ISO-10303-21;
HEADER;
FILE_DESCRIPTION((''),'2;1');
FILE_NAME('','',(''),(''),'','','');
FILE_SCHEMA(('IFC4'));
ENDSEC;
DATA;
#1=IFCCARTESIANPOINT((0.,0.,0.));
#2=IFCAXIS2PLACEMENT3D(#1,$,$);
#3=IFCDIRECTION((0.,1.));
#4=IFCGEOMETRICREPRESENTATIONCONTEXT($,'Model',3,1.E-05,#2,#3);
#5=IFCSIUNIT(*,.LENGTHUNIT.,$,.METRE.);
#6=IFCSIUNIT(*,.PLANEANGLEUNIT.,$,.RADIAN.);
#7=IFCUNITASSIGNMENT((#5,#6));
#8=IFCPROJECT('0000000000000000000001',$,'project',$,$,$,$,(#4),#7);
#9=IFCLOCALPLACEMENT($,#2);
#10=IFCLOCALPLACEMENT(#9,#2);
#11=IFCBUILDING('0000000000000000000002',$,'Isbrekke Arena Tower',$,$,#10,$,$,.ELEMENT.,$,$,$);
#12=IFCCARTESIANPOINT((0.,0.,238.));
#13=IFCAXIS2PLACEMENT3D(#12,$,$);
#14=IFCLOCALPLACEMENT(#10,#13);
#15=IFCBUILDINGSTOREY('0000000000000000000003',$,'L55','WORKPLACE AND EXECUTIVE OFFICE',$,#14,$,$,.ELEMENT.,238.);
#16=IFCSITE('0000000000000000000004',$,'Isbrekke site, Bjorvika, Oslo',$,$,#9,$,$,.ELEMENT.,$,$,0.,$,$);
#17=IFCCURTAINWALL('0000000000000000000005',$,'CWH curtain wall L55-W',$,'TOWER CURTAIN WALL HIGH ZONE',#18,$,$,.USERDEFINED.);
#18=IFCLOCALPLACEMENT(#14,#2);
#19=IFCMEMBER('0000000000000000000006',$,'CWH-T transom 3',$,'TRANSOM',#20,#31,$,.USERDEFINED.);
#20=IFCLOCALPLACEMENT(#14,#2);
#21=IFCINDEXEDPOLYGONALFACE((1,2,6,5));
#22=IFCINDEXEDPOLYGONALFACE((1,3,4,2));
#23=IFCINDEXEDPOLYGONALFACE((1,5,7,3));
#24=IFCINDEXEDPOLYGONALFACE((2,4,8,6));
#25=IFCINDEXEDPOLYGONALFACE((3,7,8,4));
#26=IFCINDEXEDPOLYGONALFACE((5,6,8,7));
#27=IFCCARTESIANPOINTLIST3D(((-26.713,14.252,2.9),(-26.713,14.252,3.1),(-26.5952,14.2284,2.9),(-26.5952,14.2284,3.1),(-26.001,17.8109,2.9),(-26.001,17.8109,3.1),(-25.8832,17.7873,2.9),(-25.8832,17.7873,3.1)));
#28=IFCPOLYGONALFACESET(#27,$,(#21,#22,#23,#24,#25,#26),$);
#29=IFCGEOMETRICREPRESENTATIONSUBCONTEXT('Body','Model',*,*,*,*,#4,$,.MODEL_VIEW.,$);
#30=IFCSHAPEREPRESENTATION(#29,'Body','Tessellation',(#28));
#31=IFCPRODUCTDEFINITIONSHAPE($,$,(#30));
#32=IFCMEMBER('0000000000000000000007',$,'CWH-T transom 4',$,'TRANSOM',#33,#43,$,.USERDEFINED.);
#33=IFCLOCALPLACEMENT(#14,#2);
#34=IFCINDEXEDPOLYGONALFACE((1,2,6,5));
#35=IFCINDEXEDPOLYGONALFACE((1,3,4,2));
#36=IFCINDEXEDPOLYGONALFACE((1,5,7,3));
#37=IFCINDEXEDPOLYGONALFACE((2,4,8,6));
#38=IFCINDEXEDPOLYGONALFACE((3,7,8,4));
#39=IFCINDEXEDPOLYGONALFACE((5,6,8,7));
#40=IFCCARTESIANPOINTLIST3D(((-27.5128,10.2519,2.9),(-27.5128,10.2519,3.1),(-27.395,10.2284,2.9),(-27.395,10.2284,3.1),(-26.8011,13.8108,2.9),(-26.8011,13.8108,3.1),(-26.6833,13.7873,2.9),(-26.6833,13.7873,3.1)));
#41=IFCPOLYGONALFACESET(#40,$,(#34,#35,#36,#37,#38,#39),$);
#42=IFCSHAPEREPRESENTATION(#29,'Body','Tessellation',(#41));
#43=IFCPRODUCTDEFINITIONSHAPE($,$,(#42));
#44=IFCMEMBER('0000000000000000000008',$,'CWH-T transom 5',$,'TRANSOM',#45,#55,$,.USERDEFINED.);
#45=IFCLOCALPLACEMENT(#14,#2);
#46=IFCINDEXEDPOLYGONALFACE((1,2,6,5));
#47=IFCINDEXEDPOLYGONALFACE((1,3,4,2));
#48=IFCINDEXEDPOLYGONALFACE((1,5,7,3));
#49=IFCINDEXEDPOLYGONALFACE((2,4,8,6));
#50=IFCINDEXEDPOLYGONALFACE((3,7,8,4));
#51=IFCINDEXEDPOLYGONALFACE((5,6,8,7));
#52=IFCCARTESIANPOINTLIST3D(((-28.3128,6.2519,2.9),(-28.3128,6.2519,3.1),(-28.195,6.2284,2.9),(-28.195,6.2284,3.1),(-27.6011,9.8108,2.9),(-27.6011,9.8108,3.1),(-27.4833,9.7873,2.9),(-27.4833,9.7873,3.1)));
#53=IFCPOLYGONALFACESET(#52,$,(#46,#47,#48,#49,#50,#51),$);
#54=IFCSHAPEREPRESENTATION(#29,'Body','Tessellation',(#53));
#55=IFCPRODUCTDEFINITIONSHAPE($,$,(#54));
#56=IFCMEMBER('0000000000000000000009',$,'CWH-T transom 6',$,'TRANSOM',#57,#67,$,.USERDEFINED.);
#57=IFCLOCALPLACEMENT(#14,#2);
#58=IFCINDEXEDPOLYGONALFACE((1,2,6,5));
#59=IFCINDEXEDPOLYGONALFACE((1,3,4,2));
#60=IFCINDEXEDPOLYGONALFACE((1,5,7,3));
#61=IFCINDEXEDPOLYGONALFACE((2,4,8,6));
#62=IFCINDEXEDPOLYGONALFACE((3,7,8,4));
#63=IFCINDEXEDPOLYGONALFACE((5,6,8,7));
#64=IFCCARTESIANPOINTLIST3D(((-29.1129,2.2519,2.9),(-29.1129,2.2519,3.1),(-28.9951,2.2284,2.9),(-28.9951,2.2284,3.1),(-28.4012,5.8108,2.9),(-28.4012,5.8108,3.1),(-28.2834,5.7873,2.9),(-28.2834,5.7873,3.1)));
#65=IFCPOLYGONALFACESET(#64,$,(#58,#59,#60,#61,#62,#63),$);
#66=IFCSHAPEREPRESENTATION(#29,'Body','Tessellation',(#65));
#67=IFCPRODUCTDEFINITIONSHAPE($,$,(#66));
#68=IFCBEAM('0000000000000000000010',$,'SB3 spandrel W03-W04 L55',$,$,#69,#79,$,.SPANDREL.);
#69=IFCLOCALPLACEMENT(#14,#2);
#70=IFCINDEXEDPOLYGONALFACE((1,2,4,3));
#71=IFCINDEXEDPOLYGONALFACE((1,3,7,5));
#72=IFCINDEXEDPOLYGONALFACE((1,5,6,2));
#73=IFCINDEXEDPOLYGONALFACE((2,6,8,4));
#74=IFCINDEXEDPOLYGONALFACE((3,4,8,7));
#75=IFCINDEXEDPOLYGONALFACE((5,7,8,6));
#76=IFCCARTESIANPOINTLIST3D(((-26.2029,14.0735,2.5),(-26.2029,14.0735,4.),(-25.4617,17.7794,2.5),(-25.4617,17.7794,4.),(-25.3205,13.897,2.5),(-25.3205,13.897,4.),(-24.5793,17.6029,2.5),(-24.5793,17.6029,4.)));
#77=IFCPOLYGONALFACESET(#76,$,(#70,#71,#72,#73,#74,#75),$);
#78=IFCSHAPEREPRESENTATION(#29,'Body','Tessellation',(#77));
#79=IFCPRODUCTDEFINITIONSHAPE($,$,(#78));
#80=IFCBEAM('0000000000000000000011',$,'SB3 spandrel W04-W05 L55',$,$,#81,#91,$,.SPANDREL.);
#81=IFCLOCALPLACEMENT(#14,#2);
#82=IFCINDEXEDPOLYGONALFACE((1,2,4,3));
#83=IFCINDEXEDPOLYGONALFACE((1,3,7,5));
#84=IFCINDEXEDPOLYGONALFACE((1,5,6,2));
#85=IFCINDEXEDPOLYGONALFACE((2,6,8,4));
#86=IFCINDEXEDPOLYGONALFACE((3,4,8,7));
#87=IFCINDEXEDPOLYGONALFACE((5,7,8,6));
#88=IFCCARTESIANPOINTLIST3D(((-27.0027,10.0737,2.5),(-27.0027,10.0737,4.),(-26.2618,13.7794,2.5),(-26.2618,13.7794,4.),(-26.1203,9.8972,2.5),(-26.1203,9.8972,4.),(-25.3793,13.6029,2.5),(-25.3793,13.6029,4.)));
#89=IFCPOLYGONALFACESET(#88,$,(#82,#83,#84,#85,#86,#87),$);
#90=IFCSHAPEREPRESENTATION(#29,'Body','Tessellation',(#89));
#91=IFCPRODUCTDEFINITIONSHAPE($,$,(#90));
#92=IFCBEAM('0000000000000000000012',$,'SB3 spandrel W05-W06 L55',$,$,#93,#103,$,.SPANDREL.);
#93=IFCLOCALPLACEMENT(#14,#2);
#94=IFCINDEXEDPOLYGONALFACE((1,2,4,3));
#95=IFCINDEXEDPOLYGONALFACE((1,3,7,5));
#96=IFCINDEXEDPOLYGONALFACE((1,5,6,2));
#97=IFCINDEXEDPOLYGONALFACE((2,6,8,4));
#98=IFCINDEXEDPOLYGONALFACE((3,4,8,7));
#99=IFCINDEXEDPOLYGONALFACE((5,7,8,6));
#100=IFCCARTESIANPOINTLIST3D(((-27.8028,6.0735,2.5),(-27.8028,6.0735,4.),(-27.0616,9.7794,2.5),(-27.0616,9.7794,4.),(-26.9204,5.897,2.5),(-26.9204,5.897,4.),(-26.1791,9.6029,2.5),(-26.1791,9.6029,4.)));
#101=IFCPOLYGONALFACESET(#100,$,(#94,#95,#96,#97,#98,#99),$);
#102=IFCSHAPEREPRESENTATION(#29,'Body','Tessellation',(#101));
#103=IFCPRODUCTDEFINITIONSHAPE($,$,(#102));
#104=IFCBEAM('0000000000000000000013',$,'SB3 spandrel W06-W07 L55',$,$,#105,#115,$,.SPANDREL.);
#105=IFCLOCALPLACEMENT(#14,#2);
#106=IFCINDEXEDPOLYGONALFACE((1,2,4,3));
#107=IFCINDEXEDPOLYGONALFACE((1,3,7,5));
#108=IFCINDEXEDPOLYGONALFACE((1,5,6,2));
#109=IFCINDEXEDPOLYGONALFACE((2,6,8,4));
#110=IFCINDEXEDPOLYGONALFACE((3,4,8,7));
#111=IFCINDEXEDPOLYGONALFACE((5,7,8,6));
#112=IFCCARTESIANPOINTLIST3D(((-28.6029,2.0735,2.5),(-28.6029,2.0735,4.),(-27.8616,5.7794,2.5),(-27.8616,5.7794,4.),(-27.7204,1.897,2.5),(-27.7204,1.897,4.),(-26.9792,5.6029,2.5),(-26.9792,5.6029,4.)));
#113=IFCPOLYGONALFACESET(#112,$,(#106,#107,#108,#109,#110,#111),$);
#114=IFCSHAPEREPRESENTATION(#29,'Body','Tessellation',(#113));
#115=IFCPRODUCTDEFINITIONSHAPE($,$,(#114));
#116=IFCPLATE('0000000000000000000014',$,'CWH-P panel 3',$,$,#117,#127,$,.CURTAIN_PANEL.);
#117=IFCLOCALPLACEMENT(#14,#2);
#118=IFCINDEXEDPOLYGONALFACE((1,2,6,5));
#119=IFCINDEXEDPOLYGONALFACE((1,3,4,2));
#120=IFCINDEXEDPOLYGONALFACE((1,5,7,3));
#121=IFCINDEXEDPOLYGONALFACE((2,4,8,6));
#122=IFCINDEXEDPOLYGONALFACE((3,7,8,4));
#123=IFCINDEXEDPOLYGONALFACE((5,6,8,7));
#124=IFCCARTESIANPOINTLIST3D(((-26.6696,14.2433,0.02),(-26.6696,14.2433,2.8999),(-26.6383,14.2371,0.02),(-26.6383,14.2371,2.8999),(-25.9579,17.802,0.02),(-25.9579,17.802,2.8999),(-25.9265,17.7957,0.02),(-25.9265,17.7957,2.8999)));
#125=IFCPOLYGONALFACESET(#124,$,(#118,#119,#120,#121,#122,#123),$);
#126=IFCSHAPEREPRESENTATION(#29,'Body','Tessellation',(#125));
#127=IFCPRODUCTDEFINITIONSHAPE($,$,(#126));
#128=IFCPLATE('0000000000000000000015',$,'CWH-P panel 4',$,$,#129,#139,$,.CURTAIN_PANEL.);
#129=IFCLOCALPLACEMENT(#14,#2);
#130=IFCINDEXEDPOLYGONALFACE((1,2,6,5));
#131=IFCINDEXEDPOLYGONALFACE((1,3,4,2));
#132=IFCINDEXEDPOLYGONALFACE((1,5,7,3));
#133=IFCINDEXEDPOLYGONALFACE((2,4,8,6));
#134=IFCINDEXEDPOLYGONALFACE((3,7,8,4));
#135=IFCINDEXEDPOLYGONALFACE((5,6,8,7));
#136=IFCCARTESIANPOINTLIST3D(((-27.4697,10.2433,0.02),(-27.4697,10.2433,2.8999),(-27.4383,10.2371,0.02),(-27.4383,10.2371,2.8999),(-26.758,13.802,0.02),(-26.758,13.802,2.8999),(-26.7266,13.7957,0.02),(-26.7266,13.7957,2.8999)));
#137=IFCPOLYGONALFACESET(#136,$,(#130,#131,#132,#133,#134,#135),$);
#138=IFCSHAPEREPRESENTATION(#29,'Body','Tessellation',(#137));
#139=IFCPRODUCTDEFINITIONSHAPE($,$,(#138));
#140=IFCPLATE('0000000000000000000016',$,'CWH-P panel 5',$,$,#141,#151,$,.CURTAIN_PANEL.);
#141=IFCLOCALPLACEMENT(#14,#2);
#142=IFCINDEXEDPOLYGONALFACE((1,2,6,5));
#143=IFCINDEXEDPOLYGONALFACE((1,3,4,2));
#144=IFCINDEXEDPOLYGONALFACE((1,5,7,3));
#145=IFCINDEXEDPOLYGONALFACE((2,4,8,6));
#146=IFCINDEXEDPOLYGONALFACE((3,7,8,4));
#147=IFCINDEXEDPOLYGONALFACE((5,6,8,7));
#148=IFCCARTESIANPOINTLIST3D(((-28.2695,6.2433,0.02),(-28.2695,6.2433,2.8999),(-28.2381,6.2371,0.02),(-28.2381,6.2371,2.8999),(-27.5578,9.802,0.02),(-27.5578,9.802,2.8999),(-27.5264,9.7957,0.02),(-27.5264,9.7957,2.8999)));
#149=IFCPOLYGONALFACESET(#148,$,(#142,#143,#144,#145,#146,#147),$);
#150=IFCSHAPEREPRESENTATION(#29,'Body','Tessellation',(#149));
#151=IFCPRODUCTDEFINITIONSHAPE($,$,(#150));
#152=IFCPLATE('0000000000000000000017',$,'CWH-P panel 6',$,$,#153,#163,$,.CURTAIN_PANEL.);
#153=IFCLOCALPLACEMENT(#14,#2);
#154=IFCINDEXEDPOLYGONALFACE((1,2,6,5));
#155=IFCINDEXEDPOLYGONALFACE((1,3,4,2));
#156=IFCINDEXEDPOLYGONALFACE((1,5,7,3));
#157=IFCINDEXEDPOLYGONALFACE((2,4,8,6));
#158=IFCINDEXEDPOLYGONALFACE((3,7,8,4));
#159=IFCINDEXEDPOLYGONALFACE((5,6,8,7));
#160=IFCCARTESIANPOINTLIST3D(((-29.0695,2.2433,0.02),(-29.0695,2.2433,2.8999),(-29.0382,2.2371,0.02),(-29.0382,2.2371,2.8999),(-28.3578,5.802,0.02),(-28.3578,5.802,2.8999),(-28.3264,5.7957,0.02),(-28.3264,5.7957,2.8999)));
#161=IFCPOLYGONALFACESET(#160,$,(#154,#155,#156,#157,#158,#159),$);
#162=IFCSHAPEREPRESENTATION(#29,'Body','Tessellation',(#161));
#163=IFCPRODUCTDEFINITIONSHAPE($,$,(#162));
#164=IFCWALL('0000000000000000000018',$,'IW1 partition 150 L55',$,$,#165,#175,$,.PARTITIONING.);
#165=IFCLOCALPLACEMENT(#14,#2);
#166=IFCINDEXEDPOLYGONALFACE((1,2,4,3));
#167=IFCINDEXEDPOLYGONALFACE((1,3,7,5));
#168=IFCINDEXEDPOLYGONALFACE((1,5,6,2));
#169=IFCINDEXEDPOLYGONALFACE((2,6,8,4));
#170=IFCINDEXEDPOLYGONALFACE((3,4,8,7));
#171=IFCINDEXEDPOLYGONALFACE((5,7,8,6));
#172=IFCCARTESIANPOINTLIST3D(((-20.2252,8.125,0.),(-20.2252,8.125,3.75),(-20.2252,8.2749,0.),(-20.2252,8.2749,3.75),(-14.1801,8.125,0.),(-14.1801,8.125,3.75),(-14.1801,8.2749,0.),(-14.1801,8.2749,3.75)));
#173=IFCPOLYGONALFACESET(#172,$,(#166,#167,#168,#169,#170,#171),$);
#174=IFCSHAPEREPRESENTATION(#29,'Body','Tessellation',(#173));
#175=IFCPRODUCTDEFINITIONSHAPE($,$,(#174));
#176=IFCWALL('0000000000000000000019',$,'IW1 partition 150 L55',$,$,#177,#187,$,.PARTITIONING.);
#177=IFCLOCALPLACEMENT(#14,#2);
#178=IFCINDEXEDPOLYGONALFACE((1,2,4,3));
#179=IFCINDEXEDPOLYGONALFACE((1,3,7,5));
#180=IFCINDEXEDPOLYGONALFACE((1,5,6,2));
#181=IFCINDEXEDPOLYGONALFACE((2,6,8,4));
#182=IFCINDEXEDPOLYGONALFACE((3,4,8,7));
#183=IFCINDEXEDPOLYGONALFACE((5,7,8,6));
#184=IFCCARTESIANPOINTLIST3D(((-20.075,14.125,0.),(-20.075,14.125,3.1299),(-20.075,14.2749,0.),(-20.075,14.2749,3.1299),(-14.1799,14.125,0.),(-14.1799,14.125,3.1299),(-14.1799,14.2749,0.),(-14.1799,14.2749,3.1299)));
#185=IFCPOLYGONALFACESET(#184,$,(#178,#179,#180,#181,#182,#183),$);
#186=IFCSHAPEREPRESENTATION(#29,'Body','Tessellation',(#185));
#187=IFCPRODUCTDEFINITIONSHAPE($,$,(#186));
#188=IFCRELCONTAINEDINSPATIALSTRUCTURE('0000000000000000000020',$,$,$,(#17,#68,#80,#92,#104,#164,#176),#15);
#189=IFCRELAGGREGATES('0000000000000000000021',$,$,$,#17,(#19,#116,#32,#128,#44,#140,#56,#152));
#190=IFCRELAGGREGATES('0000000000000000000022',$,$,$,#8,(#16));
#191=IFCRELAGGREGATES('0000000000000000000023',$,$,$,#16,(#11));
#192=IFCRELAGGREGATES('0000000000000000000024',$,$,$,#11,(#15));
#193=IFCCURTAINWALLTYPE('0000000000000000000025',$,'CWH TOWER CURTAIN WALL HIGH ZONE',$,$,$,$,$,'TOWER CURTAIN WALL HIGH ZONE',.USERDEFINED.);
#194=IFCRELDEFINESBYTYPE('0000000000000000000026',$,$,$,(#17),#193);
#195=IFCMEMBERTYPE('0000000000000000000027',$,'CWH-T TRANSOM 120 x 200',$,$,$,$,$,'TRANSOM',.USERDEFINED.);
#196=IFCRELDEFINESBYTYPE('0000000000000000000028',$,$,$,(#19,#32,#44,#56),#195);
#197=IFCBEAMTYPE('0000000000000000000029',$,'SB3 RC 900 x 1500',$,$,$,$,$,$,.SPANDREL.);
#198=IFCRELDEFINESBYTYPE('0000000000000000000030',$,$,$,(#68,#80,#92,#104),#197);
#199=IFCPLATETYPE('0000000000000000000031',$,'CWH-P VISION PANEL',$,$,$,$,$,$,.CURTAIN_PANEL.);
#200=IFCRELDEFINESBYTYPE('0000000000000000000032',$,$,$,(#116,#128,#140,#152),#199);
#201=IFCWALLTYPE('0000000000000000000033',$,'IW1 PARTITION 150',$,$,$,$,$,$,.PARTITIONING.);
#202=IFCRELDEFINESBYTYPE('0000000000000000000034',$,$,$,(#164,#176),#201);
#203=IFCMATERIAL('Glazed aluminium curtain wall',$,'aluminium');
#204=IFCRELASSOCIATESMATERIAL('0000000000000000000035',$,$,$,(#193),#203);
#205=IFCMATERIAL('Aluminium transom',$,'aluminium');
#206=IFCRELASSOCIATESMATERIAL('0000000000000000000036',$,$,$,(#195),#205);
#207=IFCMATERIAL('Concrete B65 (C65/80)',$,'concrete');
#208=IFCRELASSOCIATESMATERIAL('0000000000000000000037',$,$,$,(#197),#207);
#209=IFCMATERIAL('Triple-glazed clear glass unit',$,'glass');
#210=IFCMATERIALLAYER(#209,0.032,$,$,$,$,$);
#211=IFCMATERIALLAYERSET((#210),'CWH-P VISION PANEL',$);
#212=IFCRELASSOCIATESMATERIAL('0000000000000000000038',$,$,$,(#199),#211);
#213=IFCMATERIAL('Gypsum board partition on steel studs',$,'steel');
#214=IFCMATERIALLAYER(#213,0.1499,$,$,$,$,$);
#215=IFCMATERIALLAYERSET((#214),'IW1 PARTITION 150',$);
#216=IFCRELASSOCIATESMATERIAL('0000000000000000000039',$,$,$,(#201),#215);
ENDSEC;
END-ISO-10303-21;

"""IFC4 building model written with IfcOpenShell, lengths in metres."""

from ifc_helpers import new_model, si_unit, direction, frame, frame_2d, origin, origin_2d, place, context, subcontext, project, spatial, rectangle, extrude, material, layer, layer_set, material_profile, profile_set, type_object, element, aggregate, save


model = new_model("IFC4")

# Units and contexts
model_context = context("Model", 3, precision=1e-05, world=origin(), true_north=direction((0.0, 1.0)))
body_context = subcontext(model_context, "Body", "Model", "MODEL_VIEW")
ifc_project = project(units=[si_unit("LENGTHUNIT", "METRE"), si_unit("PLANEANGLEUNIT", "RADIAN")], contexts=[model_context])

# Site, building, storey
site_placement = place(None, origin())
site = spatial("IfcSite", under=ifc_project, at=site_placement, Name="Isbrekke site, Bjorvika, Oslo", CompositionType="ELEMENT", RefElevation=0.0)
building_placement = place(site_placement, origin())
building = spatial("IfcBuilding", under=site, at=building_placement, Name="Isbrekke Arena Tower", CompositionType="ELEMENT")
storey_placement = place(building_placement, frame((0.0, 0.0, 238.0)))
storey = spatial("IfcBuildingStorey", under=building, at=storey_placement, Name="L55", Description="WORKPLACE AND EXECUTIVE OFFICE", CompositionType="ELEMENT", Elevation=238.0)

# Curtain wall, members
ifc_material_1 = material(Name="Glazed aluminium curtain wall", Category="aluminium")
curtain_wall_type = type_object("IfcCurtainWallType", Name="CWH TOWER CURTAIN WALL HIGH ZONE", ElementType="TOWER CURTAIN WALL HIGH ZONE", PredefinedType="USERDEFINED", material=ifc_material_1)
curtain_wall_placement = place(storey_placement, origin())
curtain_wall = element("IfcCurtainWall", 1, at=curtain_wall_placement, inside=storey, type_object=curtain_wall_type, Name="CWH curtain wall L55-W", ObjectType="TOWER CURTAIN WALL HIGH ZONE", PredefinedType="USERDEFINED")
ifc_material_2 = material(Name="Aluminium transom", Category="aluminium")
ifc_material_profile_1 = material_profile(ifc_material_2, rectangle(XDim=0.1201, YDim=0.2, at=origin_2d()), Name="TRANSOM 120X200")
ifc_profile_set_1 = profile_set([ifc_material_profile_1], Name="Aluminium transom")
member_type_1 = type_object("IfcMemberType", Name="CWH-T TRANSOM 120 x 200", ElementType="TRANSOM", PredefinedType="USERDEFINED", material=ifc_profile_set_1)
member_1_placement = place(storey_placement, frame((-25.9421, 17.7991, 3.0), z_axis=(-0.196155, -0.980573, 0.0), x_axis=(0.980573, -0.196155, 0.0)))
member_1 = element("IfcMember", 2, at=member_1_placement, type_object=member_type_1, Name="CWH-T transom 3", ObjectType="TRANSOM", PredefinedType="USERDEFINED", context=body_context, shape_type="SweptSolid", body=[
    extrude(rectangle(XDim=0.1201, YDim=0.2, at=origin_2d()), origin(), (0.0, 0.0, 1.0), 3.6294),
])
member_2_placement = place(storey_placement, frame((-26.7422, 13.7991, 3.0), z_axis=(-0.19609, -0.980586, 0.0), x_axis=(0.980586, -0.19609, 0.0)))
member_2 = element("IfcMember", 3, at=member_2_placement, type_object=member_type_1, Name="CWH-T transom 4", ObjectType="TRANSOM", PredefinedType="USERDEFINED", context=body_context, shape_type="SweptSolid", body=[
    extrude(rectangle(XDim=0.1201, YDim=0.2, at=origin_2d()), origin(), (0.0, 0.0, 1.0), 3.6294),
])
member_3_placement = place(storey_placement, frame((-27.5422, 9.7991, 3.0), z_axis=(-0.19609, -0.980586, 0.0), x_axis=(0.980586, -0.19609, 0.0)))
member_3 = element("IfcMember", 4, at=member_3_placement, type_object=member_type_1, Name="CWH-T transom 5", ObjectType="TRANSOM", PredefinedType="USERDEFINED", context=body_context, shape_type="SweptSolid", body=[
    extrude(rectangle(XDim=0.1201, YDim=0.2, at=origin_2d()), origin(), (0.0, 0.0, 1.0), 3.6294),
])
member_4_placement = place(storey_placement, frame((-28.3423, 5.7991, 3.0), z_axis=(-0.19609, -0.980586, 0.0), x_axis=(0.980586, -0.19609, 0.0)))
member_4 = element("IfcMember", 5, at=member_4_placement, type_object=member_type_1, Name="CWH-T transom 6", ObjectType="TRANSOM", PredefinedType="USERDEFINED", context=body_context, shape_type="SweptSolid", body=[
    extrude(rectangle(XDim=0.1201, YDim=0.2, at=origin_2d()), origin(), (0.0, 0.0, 1.0), 3.6294),
])

# Beams
ifc_material_3 = material(Name="Concrete B65 (C65/80)", Category="concrete")
ifc_material_profile_2 = material_profile(ifc_material_3, rectangle(XDim=0.8999, YDim=1.5, at=origin_2d()), Name="RC 900x1500")
ifc_profile_set_2 = profile_set([ifc_material_profile_2], Name="Concrete B65 (C65/80)")
beam_type_1 = type_object("IfcBeamType", Name="SB3 RC 900 x 1500", PredefinedType="SPANDREL", material=ifc_profile_set_2)
beam_1_placement = place(storey_placement, frame((-25.0205, 17.6912, 3.25), z_axis=(-0.196129, -0.980578, 0.0), x_axis=(0.980578, -0.196129, 0.0)))
element("IfcBeam", 6, at=beam_1_placement, inside=storey, type_object=beam_type_1, Name="SB3 spandrel W03-W04 L55", PredefinedType="SPANDREL", context=body_context, shape_type="SweptSolid", body=[
    extrude(rectangle(XDim=0.8999, YDim=1.5, at=origin_2d()), origin(), (0.0, 0.0, 1.0), 3.7793),
])
beam_2_placement = place(storey_placement, frame((-25.8206, 13.6912, 3.25), z_axis=(-0.196066, -0.980591, 0.0), x_axis=(0.980591, -0.196066, 0.0)))
element("IfcBeam", 7, at=beam_2_placement, inside=storey, type_object=beam_type_1, Name="SB3 spandrel W04-W05 L55", PredefinedType="SPANDREL", context=body_context, shape_type="SweptSolid", body=[
    extrude(rectangle(XDim=0.8999, YDim=1.5, at=origin_2d()), origin(), (0.0, 0.0, 1.0), 3.7791),
])
for number, where, z_axis, x_axis, name in (
    (8, (-26.6204, 9.6912, 3.25), (-0.196129, -0.980578, 0.0), (0.980578, -0.196129, 0.0), "SB3 spandrel W05-W06 L55"),
    (9, (-27.4204, 5.6912, 3.25), (-0.196129, -0.980578, 0.0), (0.980578, -0.196129, 0.0), "SB3 spandrel W06-W07 L55"),
):
    element("IfcBeam", number, at=place(storey_placement, frame(where, z_axis=z_axis, x_axis=x_axis)), inside=storey, type_object=beam_type_1, Name=name, PredefinedType="SPANDREL", context=body_context, shape_type="SweptSolid", body=[
        extrude(rectangle(XDim=0.8999, YDim=1.5, at=origin_2d()), origin(), (0.0, 0.0, 1.0), 3.7793),
    ])

# Plates
ifc_material_4 = material(Name="Triple-glazed clear glass unit", Category="glass")
ifc_layer_1 = layer(ifc_material_4, 0.032)
ifc_layer_set_1 = layer_set([ifc_layer_1], Name="CWH-P VISION PANEL")
plate_type = type_object("IfcPlateType", Name="CWH-P VISION PANEL", PredefinedType="CURTAIN_PANEL", material=ifc_layer_set_1)
plate_1_placement = place(storey_placement, frame((-26.2981, 16.0195, 0.02), z_axis=(0.0, 0.0, 1.0), x_axis=(-0.196116, -0.980581, 0.0)))
plate_1 = element("IfcPlate", 10, at=plate_1_placement, type_object=plate_type, Name="CWH-P panel 3", PredefinedType="CURTAIN_PANEL", context=body_context, shape_type="SweptSolid", body=[
    extrude(rectangle(XDim=3.6292, YDim=0.032, at=origin_2d()), origin(), (0.0, 0.0, 1.0), 2.8799),
])
plate_2_placement = place(storey_placement, frame((-27.0981, 12.0195, 0.02), z_axis=(0.0, 0.0, 1.0), x_axis=(-0.196116, -0.980581, 0.0)))
plate_2 = element("IfcPlate", 11, at=plate_2_placement, type_object=plate_type, Name="CWH-P panel 4", PredefinedType="CURTAIN_PANEL", context=body_context, shape_type="SweptSolid", body=[
    extrude(rectangle(XDim=3.6292, YDim=0.032, at=origin_2d()), origin(), (0.0, 0.0, 1.0), 2.8799),
])
plate_3_placement = place(storey_placement, frame((-27.8979, 8.0195, 0.02), z_axis=(0.0, 0.0, 1.0), x_axis=(-0.196116, -0.980581, 0.0)))
plate_3 = element("IfcPlate", 12, at=plate_3_placement, type_object=plate_type, Name="CWH-P panel 5", PredefinedType="CURTAIN_PANEL", context=body_context, shape_type="SweptSolid", body=[
    extrude(rectangle(XDim=3.6292, YDim=0.032, at=origin_2d()), origin(), (0.0, 0.0, 1.0), 2.8799),
])
plate_4_placement = place(storey_placement, frame((-28.698, 4.0195, 0.02), z_axis=(0.0, 0.0, 1.0), x_axis=(-0.196116, -0.980581, 0.0)))
plate_4 = element("IfcPlate", 13, at=plate_4_placement, type_object=plate_type, Name="CWH-P panel 6", PredefinedType="CURTAIN_PANEL", context=body_context, shape_type="SweptSolid", body=[
    extrude(rectangle(XDim=3.6292, YDim=0.032, at=origin_2d()), origin(), (0.0, 0.0, 1.0), 2.8799),
])
aggregate(curtain_wall, [member_1, plate_1, member_2, plate_2, member_3, plate_3, member_4, plate_4])

# Walls
ifc_material_5 = material(Name="Gypsum board partition on steel studs", Category="steel")
ifc_layer_2 = layer(ifc_material_5, 0.1499)
ifc_layer_set_2 = layer_set([ifc_layer_2], Name="IW1 PARTITION 150")
wall_type = type_object("IfcWallType", Name="IW1 PARTITION 150", PredefinedType="PARTITIONING", material=ifc_layer_set_2)
wall_1_placement = place(storey_placement, frame((-20.2251, 8.2, 0.0), z_axis=(0.0, 0.0, 1.0), x_axis=(1.0, 0.0, 0.0)))
element("IfcWall", 14, at=wall_1_placement, inside=storey, type_object=wall_type, Name="IW1 partition 150 L55", PredefinedType="PARTITIONING", context=body_context, shape_type="SweptSolid", body=[
    extrude(rectangle(XDim=6.0452, YDim=0.1499, at=frame_2d((3.0225, 0.0))), origin(), (0.0, 0.0, 1.0), 3.75),
])
wall_2_placement = place(storey_placement, frame((-20.075, 14.2, 0.0), z_axis=(0.0, 0.0, 1.0), x_axis=(1.0, 0.0, 0.0)))
element("IfcWall", 15, at=wall_2_placement, inside=storey, type_object=wall_type, Name="IW1 partition 150 L55", PredefinedType="PARTITIONING", context=body_context, shape_type="SweptSolid", body=[
    extrude(rectangle(XDim=5.895, YDim=0.1499, at=frame_2d((2.9475, 0.0))), origin(), (0.0, 0.0, 1.0), 3.1299),
])

save(model, "model.ifc")
